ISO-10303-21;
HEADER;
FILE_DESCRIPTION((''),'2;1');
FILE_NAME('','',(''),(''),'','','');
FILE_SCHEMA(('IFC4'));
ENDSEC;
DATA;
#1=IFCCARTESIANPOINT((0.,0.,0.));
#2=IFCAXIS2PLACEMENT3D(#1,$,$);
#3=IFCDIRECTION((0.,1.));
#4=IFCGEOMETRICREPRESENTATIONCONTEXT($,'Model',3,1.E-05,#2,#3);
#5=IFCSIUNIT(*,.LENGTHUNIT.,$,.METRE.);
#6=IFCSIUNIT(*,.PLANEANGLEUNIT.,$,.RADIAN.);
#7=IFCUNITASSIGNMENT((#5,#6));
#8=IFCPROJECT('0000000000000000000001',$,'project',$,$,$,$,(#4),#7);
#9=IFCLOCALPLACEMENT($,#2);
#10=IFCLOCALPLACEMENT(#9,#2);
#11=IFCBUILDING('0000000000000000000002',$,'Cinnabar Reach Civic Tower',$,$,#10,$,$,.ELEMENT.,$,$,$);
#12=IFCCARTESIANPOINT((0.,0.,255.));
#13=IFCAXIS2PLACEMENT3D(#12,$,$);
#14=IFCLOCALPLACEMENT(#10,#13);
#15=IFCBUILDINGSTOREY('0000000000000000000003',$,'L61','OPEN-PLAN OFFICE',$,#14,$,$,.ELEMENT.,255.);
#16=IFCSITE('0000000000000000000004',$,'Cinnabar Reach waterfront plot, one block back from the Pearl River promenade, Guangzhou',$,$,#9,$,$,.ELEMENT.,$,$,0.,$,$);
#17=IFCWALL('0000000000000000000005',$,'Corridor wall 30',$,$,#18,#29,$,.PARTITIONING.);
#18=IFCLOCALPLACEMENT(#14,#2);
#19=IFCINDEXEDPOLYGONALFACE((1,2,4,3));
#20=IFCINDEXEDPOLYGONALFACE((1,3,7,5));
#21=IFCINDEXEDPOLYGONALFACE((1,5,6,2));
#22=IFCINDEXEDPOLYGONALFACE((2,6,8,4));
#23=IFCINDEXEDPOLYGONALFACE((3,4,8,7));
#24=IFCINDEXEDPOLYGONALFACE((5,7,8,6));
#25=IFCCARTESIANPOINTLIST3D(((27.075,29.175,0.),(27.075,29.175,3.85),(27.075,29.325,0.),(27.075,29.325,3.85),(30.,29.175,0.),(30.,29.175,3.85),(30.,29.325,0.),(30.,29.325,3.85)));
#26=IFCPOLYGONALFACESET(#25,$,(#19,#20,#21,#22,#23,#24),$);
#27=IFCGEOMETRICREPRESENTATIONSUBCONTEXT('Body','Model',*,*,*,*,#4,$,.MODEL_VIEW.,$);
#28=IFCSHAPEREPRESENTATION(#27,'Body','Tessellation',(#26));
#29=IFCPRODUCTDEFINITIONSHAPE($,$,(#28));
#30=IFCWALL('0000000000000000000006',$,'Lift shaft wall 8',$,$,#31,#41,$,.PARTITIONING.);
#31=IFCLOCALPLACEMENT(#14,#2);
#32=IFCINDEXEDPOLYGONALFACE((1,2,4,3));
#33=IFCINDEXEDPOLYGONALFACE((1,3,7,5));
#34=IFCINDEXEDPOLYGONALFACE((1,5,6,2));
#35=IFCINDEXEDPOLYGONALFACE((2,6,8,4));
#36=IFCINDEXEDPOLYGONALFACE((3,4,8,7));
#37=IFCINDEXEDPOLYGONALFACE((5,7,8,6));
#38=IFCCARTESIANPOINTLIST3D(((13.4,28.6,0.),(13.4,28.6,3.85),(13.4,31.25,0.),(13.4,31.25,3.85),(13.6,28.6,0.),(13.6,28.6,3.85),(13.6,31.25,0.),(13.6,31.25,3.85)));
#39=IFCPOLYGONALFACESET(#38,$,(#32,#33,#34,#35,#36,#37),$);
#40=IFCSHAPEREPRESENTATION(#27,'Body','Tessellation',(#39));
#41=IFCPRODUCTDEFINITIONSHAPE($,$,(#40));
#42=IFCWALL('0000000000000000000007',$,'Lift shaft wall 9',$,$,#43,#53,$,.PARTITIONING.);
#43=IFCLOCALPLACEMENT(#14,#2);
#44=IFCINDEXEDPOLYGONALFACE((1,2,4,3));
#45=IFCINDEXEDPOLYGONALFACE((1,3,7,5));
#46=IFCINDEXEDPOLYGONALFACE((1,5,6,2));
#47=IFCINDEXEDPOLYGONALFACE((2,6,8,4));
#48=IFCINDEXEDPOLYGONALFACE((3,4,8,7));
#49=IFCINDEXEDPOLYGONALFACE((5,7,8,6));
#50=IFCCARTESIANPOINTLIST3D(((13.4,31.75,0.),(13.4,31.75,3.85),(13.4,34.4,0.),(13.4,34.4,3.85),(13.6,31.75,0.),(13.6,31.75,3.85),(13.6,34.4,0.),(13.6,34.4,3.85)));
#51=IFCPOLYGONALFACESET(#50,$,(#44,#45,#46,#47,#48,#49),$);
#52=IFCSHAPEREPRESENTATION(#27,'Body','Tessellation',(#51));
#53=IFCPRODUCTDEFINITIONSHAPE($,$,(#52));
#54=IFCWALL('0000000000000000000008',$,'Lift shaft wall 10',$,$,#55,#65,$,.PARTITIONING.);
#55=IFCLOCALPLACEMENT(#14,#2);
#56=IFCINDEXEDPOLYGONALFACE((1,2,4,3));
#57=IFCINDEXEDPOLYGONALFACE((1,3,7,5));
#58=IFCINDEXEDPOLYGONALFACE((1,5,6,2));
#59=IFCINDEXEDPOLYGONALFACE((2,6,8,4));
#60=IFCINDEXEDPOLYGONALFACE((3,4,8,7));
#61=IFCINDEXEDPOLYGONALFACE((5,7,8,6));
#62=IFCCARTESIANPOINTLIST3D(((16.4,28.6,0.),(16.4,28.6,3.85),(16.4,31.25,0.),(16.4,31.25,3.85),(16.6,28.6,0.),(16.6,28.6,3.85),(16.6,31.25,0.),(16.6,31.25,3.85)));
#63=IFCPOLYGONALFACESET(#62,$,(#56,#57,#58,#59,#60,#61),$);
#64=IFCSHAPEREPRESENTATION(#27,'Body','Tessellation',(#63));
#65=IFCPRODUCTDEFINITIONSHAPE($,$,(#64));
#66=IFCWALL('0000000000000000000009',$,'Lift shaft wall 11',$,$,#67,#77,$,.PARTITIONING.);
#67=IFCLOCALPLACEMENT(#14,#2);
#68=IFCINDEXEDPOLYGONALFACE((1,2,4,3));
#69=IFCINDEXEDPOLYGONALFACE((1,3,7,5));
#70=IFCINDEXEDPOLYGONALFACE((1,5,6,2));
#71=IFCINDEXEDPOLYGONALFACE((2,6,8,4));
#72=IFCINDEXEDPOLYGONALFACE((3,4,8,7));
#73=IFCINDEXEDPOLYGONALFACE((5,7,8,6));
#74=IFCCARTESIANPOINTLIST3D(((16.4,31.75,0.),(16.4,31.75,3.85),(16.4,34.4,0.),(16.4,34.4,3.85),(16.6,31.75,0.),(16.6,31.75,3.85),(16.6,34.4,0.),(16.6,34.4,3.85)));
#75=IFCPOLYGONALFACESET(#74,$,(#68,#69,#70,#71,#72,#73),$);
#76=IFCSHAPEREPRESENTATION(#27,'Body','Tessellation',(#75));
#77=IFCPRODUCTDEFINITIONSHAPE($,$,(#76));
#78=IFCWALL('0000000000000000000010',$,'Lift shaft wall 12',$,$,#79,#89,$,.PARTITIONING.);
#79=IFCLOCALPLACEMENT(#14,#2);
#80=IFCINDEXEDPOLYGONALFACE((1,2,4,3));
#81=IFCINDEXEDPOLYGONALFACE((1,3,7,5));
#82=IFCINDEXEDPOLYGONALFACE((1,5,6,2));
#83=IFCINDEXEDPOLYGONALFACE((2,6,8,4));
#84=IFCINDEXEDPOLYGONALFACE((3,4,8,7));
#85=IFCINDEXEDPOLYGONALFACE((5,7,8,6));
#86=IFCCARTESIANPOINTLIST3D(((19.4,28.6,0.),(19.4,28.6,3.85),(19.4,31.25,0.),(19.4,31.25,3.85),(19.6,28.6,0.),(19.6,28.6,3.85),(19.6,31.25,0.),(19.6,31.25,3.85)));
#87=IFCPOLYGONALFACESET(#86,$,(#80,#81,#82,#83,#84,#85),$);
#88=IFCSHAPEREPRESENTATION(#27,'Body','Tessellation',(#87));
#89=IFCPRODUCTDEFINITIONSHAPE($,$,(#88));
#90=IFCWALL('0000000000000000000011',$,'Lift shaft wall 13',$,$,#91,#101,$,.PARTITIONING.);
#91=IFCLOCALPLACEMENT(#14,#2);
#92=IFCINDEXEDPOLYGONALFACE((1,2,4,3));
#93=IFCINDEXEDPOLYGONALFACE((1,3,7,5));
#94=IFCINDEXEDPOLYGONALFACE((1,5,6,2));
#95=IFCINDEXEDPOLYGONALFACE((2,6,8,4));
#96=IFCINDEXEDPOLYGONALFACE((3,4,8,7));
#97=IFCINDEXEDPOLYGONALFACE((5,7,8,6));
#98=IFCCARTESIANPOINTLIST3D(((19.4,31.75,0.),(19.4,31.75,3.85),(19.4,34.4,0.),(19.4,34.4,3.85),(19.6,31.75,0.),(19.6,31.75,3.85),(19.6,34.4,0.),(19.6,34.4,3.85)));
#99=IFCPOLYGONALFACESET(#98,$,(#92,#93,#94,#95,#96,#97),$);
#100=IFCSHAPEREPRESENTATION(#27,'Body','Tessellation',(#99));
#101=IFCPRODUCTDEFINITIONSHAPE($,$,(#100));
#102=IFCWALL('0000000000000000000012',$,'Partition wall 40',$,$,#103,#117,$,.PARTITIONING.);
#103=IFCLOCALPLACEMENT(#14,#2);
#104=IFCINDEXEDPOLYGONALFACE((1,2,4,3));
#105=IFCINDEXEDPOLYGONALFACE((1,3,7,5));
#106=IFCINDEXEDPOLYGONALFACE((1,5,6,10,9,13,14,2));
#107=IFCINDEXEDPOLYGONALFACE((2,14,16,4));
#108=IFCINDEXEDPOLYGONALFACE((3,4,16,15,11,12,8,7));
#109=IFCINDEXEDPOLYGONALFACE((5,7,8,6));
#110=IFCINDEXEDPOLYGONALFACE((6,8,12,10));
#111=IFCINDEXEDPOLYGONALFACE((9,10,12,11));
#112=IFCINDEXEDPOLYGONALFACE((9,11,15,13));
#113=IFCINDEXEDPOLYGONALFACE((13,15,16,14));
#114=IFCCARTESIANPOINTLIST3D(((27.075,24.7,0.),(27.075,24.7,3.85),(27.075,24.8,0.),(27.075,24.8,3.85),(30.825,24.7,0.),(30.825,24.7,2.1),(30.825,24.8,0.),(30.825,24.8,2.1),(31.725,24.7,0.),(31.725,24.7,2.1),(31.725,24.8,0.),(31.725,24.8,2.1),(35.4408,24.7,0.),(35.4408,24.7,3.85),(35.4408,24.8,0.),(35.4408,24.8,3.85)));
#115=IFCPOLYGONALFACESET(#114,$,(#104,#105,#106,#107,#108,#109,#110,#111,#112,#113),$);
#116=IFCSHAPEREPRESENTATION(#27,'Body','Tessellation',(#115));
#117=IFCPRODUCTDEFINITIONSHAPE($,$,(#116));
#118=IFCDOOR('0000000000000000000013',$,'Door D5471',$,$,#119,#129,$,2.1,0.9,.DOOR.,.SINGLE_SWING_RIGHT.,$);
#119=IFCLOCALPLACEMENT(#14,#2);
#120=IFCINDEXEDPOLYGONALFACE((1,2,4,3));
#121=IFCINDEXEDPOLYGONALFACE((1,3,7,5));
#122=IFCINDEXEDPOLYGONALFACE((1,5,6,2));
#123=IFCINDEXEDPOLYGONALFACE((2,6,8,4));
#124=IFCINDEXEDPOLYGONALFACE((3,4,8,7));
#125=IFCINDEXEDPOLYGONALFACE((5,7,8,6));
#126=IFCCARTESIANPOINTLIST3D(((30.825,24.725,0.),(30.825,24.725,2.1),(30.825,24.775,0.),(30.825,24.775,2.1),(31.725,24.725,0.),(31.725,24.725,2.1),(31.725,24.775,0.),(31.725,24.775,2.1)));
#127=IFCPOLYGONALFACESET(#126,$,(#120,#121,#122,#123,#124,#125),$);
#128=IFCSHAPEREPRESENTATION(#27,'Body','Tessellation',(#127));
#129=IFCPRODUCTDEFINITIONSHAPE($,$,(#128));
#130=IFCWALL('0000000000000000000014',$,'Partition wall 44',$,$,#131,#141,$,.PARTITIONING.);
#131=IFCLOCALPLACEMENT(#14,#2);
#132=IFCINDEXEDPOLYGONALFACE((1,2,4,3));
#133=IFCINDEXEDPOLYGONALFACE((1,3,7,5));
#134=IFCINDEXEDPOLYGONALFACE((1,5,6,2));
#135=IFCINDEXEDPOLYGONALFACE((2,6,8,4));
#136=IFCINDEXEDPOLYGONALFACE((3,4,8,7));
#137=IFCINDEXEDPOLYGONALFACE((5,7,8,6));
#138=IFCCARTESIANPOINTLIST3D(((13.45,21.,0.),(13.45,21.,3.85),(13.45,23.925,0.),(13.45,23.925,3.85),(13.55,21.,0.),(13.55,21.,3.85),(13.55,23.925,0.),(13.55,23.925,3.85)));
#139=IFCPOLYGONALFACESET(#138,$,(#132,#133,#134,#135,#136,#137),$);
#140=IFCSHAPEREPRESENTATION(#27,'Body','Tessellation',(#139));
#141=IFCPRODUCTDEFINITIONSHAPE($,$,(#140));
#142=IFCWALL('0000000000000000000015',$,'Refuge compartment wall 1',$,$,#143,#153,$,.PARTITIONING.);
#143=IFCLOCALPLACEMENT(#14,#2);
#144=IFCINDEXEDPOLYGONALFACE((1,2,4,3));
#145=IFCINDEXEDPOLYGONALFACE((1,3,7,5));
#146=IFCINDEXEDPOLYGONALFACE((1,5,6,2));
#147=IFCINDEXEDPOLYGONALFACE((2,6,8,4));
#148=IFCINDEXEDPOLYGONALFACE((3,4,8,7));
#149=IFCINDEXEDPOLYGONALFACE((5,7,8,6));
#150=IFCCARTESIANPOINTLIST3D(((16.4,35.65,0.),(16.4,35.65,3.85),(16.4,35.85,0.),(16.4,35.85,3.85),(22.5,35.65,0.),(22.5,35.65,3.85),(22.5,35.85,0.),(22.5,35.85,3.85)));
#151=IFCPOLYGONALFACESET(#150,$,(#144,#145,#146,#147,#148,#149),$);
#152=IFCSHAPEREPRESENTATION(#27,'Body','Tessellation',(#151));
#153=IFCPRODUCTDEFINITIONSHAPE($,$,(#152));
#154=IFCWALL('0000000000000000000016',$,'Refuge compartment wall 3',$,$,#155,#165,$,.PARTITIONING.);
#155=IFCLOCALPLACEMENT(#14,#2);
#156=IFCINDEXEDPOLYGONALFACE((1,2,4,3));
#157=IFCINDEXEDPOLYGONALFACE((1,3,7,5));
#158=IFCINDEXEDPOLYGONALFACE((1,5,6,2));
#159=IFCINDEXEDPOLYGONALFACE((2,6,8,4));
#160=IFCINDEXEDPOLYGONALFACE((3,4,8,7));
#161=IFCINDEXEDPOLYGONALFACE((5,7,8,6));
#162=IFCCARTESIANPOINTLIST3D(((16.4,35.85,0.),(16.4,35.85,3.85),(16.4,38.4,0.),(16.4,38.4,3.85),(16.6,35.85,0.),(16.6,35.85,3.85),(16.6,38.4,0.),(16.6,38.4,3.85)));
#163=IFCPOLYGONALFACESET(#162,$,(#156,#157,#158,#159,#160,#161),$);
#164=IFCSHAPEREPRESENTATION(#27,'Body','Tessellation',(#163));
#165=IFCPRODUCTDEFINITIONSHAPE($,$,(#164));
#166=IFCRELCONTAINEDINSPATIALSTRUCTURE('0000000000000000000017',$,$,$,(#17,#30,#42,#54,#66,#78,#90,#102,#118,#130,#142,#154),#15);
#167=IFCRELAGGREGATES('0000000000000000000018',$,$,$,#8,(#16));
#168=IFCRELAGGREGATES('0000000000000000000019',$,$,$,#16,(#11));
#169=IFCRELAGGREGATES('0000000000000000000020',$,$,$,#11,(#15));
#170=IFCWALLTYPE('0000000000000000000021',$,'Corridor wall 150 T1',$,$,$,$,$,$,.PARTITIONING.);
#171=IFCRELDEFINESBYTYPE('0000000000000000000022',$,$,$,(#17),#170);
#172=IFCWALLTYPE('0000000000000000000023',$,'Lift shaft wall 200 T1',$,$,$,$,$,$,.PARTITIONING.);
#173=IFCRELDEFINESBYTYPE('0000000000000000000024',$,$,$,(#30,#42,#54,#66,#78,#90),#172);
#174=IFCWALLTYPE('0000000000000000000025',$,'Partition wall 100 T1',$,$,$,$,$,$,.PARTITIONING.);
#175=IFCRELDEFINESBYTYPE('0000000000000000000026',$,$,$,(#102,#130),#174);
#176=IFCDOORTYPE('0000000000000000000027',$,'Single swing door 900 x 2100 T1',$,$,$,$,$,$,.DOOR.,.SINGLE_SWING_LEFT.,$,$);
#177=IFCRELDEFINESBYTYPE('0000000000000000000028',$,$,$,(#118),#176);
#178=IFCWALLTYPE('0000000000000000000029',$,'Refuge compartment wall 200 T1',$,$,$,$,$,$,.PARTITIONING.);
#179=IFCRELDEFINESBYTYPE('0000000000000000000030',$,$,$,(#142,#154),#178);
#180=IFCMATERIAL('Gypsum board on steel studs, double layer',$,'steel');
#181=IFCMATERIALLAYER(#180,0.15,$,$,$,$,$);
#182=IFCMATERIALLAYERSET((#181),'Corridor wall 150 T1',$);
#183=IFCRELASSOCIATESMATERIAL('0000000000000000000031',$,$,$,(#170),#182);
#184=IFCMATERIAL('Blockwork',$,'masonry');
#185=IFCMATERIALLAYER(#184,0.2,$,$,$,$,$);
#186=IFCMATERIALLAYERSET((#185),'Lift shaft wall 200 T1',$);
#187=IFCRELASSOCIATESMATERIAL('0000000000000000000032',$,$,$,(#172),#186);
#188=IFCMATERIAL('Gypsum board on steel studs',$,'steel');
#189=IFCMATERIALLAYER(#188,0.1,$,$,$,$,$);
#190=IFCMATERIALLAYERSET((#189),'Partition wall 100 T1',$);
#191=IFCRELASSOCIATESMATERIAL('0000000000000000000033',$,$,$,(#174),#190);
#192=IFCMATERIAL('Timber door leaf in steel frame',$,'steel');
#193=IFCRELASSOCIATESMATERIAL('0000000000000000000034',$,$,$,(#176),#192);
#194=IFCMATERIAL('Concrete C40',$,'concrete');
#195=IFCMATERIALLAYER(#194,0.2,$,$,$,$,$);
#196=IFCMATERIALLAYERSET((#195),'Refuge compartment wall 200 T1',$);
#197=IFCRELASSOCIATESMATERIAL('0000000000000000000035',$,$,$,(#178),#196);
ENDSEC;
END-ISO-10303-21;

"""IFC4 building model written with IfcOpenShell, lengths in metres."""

from ifc_helpers import new_model, si_unit, direction, frame, frame_2d, origin, place, context, subcontext, project, spatial, rectangle, extrude, material, layer, layer_set, type_object, element, fill, save


model = new_model("IFC4")

# Units and contexts
model_context = context("Model", 3, precision=1e-05, world=origin(), true_north=direction((0.0, 1.0)))
body_context = subcontext(model_context, "Body", "Model", "MODEL_VIEW")
ifc_project = project(units=[si_unit("LENGTHUNIT", "METRE"), si_unit("PLANEANGLEUNIT", "RADIAN")], contexts=[model_context])

# Site, building, storey
site_placement = place(None, origin())
site = spatial("IfcSite", under=ifc_project, at=site_placement, Name="Cinnabar Reach waterfront plot, one block back from the Pearl River promenade, Guangzhou", CompositionType="ELEMENT", RefElevation=0.0)
building_placement = place(site_placement, origin())
building = spatial("IfcBuilding", under=site, at=building_placement, Name="Cinnabar Reach Civic Tower", CompositionType="ELEMENT")
storey_placement = place(building_placement, frame((0.0, 0.0, 255.0)))
storey = spatial("IfcBuildingStorey", under=building, at=storey_placement, Name="L61", Description="OPEN-PLAN OFFICE", CompositionType="ELEMENT", Elevation=255.0)

# Shared definitions
ifc_material_1 = material(Name="Timber door leaf in steel frame", Category="steel")

# Shared definitions
ifc_material_2 = material(Name="Gypsum board on steel studs, double layer", Category="steel")
ifc_layer_1 = layer(ifc_material_2, 0.15)
ifc_layer_set_1 = layer_set([ifc_layer_1], Name="Corridor wall 150 T1")
wall_type_1 = type_object("IfcWallType", Name="Corridor wall 150 T1", PredefinedType="PARTITIONING", material=ifc_layer_set_1)

# Walls
wall_1_placement = place(storey_placement, frame((27.075, 29.25, 0.0), z_axis=(0.0, 0.0, 1.0), x_axis=(1.0, 0.0, 0.0)))
element("IfcWall", 1, at=wall_1_placement, inside=storey, type_object=wall_type_1, Name="Corridor wall 30", PredefinedType="PARTITIONING", context=body_context, shape_type="SweptSolid", body=[
    extrude(rectangle(XDim=2.925, YDim=0.15, at=frame_2d((1.4625, 0.0))), origin(), (0.0, 0.0, 1.0), 3.85),
])
ifc_material_3 = material(Name="Blockwork", Category="masonry")
ifc_layer_2 = layer(ifc_material_3, 0.2)
ifc_layer_set_2 = layer_set([ifc_layer_2], Name="Lift shaft wall 200 T1")
wall_type_2 = type_object("IfcWallType", Name="Lift shaft wall 200 T1", PredefinedType="PARTITIONING", material=ifc_layer_set_2)
for number, where, z_axis, x_axis, name in (
    (2, (13.5, 28.6, 0.0), (0.0, 0.0, 1.0), (0.0, 1.0, 0.0), "Lift shaft wall 8"),
    (3, (13.5, 31.75, 0.0), (0.0, 0.0, 1.0), (0.0, 1.0, 0.0), "Lift shaft wall 9"),
    (4, (16.5, 28.6, 0.0), (0.0, 0.0, 1.0), (0.0, 1.0, 0.0), "Lift shaft wall 10"),
    (5, (16.5, 31.75, 0.0), (0.0, 0.0, 1.0), (0.0, 1.0, 0.0), "Lift shaft wall 11"),
    (6, (19.5, 28.6, 0.0), (0.0, 0.0, 1.0), (0.0, 1.0, 0.0), "Lift shaft wall 12"),
    (7, (19.5, 31.75, 0.0), (0.0, 0.0, 1.0), (0.0, 1.0, 0.0), "Lift shaft wall 13"),
):
    element("IfcWall", number, at=place(storey_placement, frame(where, z_axis=z_axis, x_axis=x_axis)), inside=storey, type_object=wall_type_2, Name=name, PredefinedType="PARTITIONING", context=body_context, shape_type="SweptSolid", body=[
        extrude(rectangle(XDim=2.65, YDim=0.2, at=frame_2d((1.325, 0.0))), origin(), (0.0, 0.0, 1.0), 3.85),
    ])

# Wall, opening, door
ifc_material_4 = material(Name="Gypsum board on steel studs", Category="steel")
ifc_layer_3 = layer(ifc_material_4, 0.1)
ifc_layer_set_3 = layer_set([ifc_layer_3], Name="Partition wall 100 T1")
wall_type_3 = type_object("IfcWallType", Name="Partition wall 100 T1", PredefinedType="PARTITIONING", material=ifc_layer_set_3)
wall_2_placement = place(storey_placement, frame((27.075, 24.75, 0.0), z_axis=(0.0, 0.0, 1.0), x_axis=(1.0, 0.0, 0.0)))
wall_2 = element("IfcWall", 8, at=wall_2_placement, inside=storey, type_object=wall_type_3, Name="Partition wall 40", PredefinedType="PARTITIONING", context=body_context, shape_type="SweptSolid", body=[
    extrude(rectangle(XDim=8.3659, YDim=0.1, at=frame_2d((4.1829, 0.0))), origin(), (0.0, 0.0, 1.0), 3.85),
])
opening_1_placement = place(wall_2_placement, frame((3.75, 0.0, 0.0)))
opening_1 = element("IfcOpeningElement", 9, at=opening_1_placement, cuts=wall_2, PredefinedType="OPENING", context=body_context, shape_type="SweptSolid", body=[
    extrude(rectangle(XDim=0.9, YDim=2.1, at=frame_2d((0.45, 1.05))), frame((0.0, 0.06, 0.0), z_axis=(0.0, -1.0, 0.0), x_axis=(1.0, 0.0, 0.0)), (0.0, 0.0, 1.0), 0.12),
])
door_type_1 = type_object("IfcDoorType", Name="Single swing door 900 x 2100 T1", OperationType="SINGLE_SWING_LEFT", PredefinedType="DOOR", material=ifc_material_1)
door_1_placement = place(opening_1_placement, frame((0.9, 0.0, 0.0), z_axis=(0.0, 0.0, 1.0), x_axis=(-1.0, 0.0, 0.0)))
door_1 = element("IfcDoor", 10, at=door_1_placement, inside=storey, type_object=door_type_1, Name="Door D5471", OperationType="SINGLE_SWING_RIGHT", OverallHeight=2.1, OverallWidth=0.9, PredefinedType="DOOR", context=body_context, shape_type="SweptSolid", body=[
    extrude(rectangle(XDim=0.9, YDim=2.1, at=frame_2d((0.45, 1.05))), frame((0.0, 0.025, 0.0), z_axis=(0.0, -1.0, 0.0), x_axis=(1.0, 0.0, 0.0)), (0.0, 0.0, 1.0), 0.05),
])
fill(opening_1, door_1)

# Walls
wall_3_placement = place(storey_placement, frame((13.5, 21.0, 0.0), z_axis=(0.0, 0.0, 1.0), x_axis=(0.0, 1.0, 0.0)))
element("IfcWall", 11, at=wall_3_placement, inside=storey, type_object=wall_type_3, Name="Partition wall 44", PredefinedType="PARTITIONING", context=body_context, shape_type="SweptSolid", body=[
    extrude(rectangle(XDim=2.925, YDim=0.1, at=frame_2d((1.4625, 0.0))), origin(), (0.0, 0.0, 1.0), 3.85),
])
ifc_material_5 = material(Name="Concrete C40", Category="concrete")
ifc_layer_4 = layer(ifc_material_5, 0.2)
ifc_layer_set_4 = layer_set([ifc_layer_4], Name="Refuge compartment wall 200 T1")
wall_type_4 = type_object("IfcWallType", Name="Refuge compartment wall 200 T1", PredefinedType="PARTITIONING", material=ifc_layer_set_4)
wall_4_placement = place(storey_placement, frame((16.4, 35.75, 0.0), z_axis=(0.0, 0.0, 1.0), x_axis=(1.0, 0.0, 0.0)))
element("IfcWall", 12, at=wall_4_placement, inside=storey, type_object=wall_type_4, Name="Refuge compartment wall 1", PredefinedType="PARTITIONING", context=body_context, shape_type="SweptSolid", body=[
    extrude(rectangle(XDim=6.1, YDim=0.2, at=frame_2d((3.05, 0.0))), origin(), (0.0, 0.0, 1.0), 3.85),
])
wall_5_placement = place(storey_placement, frame((16.5, 35.85, 0.0), z_axis=(0.0, 0.0, 1.0), x_axis=(0.0, 1.0, 0.0)))
element("IfcWall", 13, at=wall_5_placement, inside=storey, type_object=wall_type_4, Name="Refuge compartment wall 3", PredefinedType="PARTITIONING", context=body_context, shape_type="SweptSolid", body=[
    extrude(rectangle(XDim=2.55, YDim=0.2, at=frame_2d((1.275, 0.0))), origin(), (0.0, 0.0, 1.0), 3.85),
])

save(model, "model.ifc")
